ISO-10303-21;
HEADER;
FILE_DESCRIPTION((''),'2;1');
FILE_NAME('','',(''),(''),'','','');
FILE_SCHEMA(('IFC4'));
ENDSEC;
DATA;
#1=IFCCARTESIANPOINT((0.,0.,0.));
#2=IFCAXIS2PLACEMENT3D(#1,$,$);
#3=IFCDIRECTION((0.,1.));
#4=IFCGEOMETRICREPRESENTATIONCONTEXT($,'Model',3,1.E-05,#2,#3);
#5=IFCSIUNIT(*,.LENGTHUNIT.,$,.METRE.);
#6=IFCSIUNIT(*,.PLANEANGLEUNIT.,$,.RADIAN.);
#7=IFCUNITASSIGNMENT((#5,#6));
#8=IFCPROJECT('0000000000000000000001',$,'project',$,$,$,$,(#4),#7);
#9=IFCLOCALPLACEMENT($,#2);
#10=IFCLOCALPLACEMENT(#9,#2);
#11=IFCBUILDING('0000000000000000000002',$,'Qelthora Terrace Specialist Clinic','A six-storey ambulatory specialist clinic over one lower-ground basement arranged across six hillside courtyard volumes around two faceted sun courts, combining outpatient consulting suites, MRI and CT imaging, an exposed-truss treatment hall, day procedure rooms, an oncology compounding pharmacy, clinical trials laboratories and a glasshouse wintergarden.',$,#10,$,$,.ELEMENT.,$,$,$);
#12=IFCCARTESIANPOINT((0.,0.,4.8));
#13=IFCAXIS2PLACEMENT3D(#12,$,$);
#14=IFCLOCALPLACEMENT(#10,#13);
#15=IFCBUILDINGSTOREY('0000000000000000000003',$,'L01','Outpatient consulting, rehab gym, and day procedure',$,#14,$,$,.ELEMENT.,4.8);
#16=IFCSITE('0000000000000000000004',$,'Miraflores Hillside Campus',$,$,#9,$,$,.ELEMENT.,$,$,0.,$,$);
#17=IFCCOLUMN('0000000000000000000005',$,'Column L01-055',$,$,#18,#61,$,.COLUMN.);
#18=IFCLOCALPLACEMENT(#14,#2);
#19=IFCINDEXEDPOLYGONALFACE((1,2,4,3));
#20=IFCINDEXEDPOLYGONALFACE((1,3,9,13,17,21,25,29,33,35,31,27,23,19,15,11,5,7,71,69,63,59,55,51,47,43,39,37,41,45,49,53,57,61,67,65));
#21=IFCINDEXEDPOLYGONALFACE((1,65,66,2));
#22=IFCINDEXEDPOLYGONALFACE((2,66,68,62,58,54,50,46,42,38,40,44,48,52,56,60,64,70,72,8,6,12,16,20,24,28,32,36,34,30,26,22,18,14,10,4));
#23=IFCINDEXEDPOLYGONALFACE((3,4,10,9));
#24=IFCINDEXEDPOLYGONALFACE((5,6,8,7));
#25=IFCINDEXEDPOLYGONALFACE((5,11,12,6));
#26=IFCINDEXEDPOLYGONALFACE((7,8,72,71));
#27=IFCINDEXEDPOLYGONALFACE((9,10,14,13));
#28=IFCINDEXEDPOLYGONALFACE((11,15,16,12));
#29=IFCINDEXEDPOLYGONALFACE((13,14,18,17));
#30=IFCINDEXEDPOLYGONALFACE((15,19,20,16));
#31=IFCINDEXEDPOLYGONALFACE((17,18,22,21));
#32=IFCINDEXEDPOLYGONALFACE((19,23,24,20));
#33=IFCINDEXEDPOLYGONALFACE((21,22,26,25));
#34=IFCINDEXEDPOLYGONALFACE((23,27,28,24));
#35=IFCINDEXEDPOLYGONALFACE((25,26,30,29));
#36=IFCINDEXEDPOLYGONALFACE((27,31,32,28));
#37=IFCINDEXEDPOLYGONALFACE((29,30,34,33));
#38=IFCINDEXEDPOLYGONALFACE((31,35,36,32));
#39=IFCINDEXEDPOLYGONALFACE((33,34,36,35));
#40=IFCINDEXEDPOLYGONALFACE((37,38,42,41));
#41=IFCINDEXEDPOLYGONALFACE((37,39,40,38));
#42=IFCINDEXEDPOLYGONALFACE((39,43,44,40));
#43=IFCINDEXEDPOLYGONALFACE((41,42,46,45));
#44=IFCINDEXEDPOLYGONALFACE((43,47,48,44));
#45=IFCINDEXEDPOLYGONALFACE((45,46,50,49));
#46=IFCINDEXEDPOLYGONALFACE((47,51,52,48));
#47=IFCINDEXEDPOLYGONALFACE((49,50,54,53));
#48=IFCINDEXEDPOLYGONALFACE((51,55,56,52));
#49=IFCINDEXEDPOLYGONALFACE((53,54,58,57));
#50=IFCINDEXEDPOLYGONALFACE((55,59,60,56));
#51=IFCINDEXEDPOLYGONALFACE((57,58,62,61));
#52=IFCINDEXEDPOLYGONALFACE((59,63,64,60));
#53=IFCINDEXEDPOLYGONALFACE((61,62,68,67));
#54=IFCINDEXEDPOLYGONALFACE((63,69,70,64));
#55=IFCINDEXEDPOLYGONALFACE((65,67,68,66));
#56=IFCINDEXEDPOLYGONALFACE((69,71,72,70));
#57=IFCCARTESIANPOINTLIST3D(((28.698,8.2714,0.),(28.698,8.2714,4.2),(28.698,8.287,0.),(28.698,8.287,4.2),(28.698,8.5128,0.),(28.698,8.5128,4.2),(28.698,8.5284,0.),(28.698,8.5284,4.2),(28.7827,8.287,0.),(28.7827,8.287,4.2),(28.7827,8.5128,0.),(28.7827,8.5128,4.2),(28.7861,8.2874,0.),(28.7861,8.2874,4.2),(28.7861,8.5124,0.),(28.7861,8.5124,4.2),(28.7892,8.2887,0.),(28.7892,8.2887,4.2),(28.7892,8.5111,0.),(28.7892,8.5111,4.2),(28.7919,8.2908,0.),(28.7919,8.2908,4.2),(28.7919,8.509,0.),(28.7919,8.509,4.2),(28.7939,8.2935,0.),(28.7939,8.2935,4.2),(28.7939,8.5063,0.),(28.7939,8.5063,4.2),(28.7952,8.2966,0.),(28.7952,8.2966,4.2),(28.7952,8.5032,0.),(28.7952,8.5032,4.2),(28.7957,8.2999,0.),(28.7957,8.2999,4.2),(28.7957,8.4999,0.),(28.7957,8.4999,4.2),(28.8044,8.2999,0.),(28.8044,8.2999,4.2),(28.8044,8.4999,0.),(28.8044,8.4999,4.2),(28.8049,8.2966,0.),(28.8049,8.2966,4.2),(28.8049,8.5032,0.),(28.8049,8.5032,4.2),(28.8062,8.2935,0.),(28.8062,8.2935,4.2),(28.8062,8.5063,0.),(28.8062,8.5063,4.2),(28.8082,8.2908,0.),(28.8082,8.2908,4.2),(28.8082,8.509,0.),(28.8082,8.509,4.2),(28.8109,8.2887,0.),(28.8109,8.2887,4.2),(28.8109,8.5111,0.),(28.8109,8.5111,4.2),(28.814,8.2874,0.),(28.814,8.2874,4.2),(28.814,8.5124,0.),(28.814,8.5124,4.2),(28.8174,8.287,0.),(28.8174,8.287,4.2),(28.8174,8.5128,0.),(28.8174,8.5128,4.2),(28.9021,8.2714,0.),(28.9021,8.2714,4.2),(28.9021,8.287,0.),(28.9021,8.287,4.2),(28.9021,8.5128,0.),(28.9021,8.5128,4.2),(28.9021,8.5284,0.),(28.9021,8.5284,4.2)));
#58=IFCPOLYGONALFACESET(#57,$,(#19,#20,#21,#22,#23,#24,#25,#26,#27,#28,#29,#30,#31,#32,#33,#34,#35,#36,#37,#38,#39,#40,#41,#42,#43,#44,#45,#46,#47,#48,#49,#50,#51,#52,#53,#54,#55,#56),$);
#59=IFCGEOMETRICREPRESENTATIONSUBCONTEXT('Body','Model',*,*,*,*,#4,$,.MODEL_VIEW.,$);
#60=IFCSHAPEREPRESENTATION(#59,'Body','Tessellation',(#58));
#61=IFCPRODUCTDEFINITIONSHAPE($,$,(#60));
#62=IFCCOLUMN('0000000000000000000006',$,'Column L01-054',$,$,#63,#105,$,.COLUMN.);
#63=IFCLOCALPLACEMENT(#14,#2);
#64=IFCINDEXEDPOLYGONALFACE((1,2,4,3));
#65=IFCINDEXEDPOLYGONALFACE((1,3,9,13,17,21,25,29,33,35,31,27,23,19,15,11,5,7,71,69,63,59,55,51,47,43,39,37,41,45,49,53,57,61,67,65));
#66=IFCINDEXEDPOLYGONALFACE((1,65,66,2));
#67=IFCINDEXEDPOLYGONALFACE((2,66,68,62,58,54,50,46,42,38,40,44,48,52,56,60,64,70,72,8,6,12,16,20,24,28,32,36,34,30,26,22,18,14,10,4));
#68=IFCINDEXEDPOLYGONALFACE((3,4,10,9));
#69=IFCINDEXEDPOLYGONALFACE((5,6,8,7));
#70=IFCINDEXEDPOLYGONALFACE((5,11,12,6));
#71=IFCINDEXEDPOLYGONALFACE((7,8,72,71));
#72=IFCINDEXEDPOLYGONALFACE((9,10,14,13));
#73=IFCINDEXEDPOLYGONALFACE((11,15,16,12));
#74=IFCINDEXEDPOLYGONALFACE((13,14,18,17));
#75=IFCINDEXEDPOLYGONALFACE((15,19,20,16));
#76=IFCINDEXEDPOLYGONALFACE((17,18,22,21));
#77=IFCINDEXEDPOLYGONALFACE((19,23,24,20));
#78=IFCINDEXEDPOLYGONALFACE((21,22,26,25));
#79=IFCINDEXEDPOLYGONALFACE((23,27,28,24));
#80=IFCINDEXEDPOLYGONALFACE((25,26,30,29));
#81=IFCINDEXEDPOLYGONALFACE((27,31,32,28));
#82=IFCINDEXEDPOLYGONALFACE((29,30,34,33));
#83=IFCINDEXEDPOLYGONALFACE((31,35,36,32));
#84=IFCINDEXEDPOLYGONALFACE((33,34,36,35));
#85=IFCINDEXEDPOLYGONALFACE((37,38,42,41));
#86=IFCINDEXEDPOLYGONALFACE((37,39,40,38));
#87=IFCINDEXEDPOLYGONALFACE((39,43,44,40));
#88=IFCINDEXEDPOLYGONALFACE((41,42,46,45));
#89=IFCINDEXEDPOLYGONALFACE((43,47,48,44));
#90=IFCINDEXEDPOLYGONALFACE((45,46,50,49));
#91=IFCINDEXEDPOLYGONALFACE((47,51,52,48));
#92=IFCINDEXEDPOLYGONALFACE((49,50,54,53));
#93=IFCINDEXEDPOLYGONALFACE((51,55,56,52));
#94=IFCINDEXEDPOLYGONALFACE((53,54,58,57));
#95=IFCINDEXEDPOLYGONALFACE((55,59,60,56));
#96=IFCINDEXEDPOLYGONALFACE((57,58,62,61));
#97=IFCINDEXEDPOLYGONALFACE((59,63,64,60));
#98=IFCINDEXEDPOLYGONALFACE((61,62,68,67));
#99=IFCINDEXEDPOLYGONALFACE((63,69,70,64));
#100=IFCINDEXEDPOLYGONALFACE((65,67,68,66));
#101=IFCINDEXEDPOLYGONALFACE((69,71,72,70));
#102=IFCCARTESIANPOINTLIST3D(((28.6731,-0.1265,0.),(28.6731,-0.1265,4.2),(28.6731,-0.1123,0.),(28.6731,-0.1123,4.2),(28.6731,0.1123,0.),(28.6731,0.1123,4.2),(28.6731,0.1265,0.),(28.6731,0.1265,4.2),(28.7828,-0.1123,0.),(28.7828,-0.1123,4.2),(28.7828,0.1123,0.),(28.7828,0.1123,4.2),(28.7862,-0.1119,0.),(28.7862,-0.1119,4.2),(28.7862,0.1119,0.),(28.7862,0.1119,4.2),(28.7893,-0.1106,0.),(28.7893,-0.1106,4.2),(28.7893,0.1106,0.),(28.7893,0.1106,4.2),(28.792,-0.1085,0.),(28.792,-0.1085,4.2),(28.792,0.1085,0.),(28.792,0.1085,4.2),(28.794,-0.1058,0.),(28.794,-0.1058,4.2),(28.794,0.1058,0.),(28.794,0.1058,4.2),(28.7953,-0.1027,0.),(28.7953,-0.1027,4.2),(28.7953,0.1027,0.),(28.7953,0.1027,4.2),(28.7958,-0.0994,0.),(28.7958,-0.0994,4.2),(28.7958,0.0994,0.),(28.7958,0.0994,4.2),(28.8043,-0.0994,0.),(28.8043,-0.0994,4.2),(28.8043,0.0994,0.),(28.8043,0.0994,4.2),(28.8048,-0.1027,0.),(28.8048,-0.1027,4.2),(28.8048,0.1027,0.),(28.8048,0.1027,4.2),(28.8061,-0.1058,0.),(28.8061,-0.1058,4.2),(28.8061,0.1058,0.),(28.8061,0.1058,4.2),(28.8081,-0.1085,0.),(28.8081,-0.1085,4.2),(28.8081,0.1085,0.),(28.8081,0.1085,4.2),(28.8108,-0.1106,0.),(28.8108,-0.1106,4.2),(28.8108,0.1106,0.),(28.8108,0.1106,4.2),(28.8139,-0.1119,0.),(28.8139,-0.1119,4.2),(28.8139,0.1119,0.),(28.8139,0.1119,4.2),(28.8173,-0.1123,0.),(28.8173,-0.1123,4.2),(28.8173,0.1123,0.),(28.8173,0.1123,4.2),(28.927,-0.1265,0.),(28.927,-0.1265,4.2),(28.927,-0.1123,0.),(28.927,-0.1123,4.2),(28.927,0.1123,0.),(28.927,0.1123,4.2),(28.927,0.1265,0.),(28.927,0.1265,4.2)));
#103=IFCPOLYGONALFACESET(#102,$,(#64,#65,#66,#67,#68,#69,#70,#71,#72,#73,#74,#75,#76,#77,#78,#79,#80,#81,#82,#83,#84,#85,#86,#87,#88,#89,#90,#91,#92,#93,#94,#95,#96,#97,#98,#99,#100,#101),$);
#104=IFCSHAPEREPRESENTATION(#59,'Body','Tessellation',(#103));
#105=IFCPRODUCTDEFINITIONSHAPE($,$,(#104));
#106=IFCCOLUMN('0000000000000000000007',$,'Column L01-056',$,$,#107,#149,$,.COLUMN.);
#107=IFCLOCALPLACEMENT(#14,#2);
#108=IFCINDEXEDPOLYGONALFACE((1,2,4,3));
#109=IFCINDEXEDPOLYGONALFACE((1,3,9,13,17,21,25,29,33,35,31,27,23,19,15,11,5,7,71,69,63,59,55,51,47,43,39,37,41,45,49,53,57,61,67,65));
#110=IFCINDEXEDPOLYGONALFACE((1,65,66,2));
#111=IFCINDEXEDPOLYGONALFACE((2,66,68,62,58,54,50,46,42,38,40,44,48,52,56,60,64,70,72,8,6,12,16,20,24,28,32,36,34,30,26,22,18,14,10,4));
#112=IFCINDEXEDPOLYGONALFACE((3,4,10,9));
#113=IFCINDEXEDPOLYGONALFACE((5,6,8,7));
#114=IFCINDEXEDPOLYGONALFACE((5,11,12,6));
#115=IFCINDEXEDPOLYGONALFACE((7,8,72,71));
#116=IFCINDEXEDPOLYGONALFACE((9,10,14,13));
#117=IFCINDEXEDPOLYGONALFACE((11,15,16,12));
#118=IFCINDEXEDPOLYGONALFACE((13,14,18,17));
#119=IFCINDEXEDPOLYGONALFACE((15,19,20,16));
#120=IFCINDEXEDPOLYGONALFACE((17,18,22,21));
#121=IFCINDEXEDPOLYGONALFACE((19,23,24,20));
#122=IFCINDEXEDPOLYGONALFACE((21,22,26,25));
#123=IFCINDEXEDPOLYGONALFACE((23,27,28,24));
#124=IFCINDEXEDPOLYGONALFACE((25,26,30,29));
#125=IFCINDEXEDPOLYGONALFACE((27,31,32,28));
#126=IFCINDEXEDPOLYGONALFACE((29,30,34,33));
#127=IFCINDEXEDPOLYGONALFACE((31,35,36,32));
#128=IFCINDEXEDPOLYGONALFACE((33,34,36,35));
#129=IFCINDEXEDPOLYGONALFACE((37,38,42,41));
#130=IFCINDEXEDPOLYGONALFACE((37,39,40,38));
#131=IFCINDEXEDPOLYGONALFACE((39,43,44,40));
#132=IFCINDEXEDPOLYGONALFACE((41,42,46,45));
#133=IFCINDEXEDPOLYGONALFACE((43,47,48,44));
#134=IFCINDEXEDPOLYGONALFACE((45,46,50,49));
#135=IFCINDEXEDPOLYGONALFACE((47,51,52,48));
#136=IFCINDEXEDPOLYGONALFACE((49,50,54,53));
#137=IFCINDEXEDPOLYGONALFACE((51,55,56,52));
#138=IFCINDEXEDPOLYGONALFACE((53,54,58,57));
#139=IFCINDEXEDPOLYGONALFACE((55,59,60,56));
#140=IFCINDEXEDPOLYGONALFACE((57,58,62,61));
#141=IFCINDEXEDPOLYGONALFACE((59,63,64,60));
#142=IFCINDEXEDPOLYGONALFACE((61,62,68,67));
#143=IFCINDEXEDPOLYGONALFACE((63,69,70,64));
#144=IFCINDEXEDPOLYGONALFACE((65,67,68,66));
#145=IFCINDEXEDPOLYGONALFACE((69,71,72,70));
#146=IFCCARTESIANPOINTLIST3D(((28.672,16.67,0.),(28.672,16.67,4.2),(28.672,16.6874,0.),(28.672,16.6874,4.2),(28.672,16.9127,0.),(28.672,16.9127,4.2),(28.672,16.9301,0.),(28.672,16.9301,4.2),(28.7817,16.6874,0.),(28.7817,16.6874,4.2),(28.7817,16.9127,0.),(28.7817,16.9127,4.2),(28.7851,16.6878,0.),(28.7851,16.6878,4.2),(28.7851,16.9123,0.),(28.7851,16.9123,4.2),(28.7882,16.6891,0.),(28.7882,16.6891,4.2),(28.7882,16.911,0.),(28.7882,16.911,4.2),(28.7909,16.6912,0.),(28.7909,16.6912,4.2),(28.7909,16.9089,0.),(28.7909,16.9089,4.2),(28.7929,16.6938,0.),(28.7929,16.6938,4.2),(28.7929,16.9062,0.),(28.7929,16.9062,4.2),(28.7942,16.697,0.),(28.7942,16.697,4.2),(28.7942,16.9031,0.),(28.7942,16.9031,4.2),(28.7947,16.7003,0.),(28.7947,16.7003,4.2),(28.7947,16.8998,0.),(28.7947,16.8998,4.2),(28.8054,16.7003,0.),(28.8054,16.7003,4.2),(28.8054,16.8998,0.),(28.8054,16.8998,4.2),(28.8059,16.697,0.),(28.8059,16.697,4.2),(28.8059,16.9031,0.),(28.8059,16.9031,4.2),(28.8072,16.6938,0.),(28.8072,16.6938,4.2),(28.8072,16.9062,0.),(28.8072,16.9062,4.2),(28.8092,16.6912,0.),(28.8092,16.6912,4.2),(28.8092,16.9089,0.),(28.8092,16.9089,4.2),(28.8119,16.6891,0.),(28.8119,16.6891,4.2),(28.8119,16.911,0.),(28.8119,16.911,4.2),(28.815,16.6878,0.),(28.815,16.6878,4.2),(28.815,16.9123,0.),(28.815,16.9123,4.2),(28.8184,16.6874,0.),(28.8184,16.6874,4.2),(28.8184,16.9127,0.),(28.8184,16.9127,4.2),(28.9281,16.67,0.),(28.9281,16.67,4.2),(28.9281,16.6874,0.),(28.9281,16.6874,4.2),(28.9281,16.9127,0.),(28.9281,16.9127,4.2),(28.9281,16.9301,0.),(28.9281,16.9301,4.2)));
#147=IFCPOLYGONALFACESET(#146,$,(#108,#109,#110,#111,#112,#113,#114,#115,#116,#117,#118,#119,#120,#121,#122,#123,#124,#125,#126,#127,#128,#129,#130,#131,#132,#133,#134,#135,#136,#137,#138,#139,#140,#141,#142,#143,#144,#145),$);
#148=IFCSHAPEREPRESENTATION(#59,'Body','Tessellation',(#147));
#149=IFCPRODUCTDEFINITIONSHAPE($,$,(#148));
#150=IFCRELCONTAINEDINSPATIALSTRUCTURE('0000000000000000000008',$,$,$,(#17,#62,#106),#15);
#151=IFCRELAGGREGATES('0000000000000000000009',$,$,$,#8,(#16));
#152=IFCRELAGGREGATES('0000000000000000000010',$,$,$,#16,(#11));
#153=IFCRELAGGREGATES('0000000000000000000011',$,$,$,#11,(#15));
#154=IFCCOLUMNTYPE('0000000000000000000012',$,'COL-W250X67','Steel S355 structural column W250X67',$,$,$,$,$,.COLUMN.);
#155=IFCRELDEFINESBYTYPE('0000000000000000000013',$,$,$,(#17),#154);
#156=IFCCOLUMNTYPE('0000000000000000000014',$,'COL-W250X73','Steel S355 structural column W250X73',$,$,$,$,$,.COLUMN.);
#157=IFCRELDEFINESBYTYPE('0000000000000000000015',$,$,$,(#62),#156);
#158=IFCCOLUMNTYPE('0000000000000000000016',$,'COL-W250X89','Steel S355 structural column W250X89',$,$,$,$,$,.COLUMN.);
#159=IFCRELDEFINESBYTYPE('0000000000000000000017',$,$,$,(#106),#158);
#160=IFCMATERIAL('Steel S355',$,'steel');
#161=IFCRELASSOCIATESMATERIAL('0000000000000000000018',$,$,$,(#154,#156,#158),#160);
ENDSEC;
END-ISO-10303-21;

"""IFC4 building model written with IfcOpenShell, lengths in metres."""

from ifc_helpers import new_model, si_unit, direction, frame, origin, origin_2d, place, context, subcontext, project, spatial, i_section, extrude, material, material_profile, profile_set, type_object, element, save


model = new_model("IFC4")

# Units and contexts
model_context = context("Model", 3, precision=1e-05, world=origin(), true_north=direction((0.0, 1.0)))
body_context = subcontext(model_context, "Body", "Model", "MODEL_VIEW")
ifc_project = project(units=[si_unit("LENGTHUNIT", "METRE"), si_unit("PLANEANGLEUNIT", "RADIAN")], contexts=[model_context])

# Site, building, storey
site_placement = place(None, origin())
site = spatial("IfcSite", under=ifc_project, at=site_placement, Name="Miraflores Hillside Campus", CompositionType="ELEMENT", RefElevation=0.0)
building_placement = place(site_placement, origin())
building = spatial("IfcBuilding", under=site, at=building_placement, Name="Qelthora Terrace Specialist Clinic", Description="A six-storey ambulatory specialist clinic over one lower-ground basement arranged across six hillside courtyard volumes around two faceted sun courts, combining outpatient consulting suites, MRI and CT imaging, an exposed-truss treatment hall, day procedure rooms, an oncology compounding pharmacy, clinical trials laboratories and a glasshouse wintergarden.", CompositionType="ELEMENT")
storey_placement = place(building_placement, frame((0.0, 0.0, 4.8)))
storey = spatial("IfcBuildingStorey", under=building, at=storey_placement, Name="L01", Description="Outpatient consulting, rehab gym, and day procedure", CompositionType="ELEMENT", Elevation=4.8)

# Columns
ifc_material_1 = material(Name="Steel S355", Category="steel")
ifc_material_profile_1 = material_profile(ifc_material_1, i_section(OverallWidth=0.2041, OverallDepth=0.2571, WebThickness=0.0088, FlangeThickness=0.0156, FilletRadius=0.0129, at=origin_2d()), Name="W250X67")
ifc_profile_set_1 = profile_set([ifc_material_profile_1], Name="Steel S355")
column_type_1 = type_object("IfcColumnType", Name="COL-W250X67", Description="Steel S355 structural column W250X67", PredefinedType="COLUMN", material=ifc_profile_set_1)
column_1_placement = place(storey_placement, frame((28.8, 8.3999, 0.0), z_axis=(0.0, 0.0, 1.0), x_axis=(1.0, 0.0, 0.0)))
element("IfcColumn", 1, at=column_1_placement, inside=storey, type_object=column_type_1, Name="Column L01-055", PredefinedType="COLUMN", context=body_context, shape_type="SweptSolid", body=[
    extrude(i_section(OverallWidth=0.2041, OverallDepth=0.2571, WebThickness=0.0088, FlangeThickness=0.0156, FilletRadius=0.0129, at=origin_2d()), origin(), (0.0, 0.0, 1.0), 4.2),
])
ifc_material_profile_2 = material_profile(ifc_material_1, i_section(OverallWidth=0.2539, OverallDepth=0.2529, WebThickness=0.0085, FlangeThickness=0.0142, FilletRadius=0.0129, at=origin_2d()), Name="W250X73")
ifc_profile_set_2 = profile_set([ifc_material_profile_2], Name="Steel S355")
column_type_2 = type_object("IfcColumnType", Name="COL-W250X73", Description="Steel S355 structural column W250X73", PredefinedType="COLUMN", material=ifc_profile_set_2)
column_2_placement = place(storey_placement, frame((28.8, 0.0, 0.0), z_axis=(0.0, 0.0, 1.0), x_axis=(1.0, 0.0, 0.0)))
element("IfcColumn", 2, at=column_2_placement, inside=storey, type_object=column_type_2, Name="Column L01-054", PredefinedType="COLUMN", context=body_context, shape_type="SweptSolid", body=[
    extrude(i_section(OverallWidth=0.2539, OverallDepth=0.2529, WebThickness=0.0085, FlangeThickness=0.0142, FilletRadius=0.0129, at=origin_2d()), origin(), (0.0, 0.0, 1.0), 4.2),
])
ifc_material_profile_3 = material_profile(ifc_material_1, i_section(OverallWidth=0.2561, OverallDepth=0.26, WebThickness=0.0107, FlangeThickness=0.0173, FilletRadius=0.0129, at=origin_2d()), Name="W250X89")
ifc_profile_set_3 = profile_set([ifc_material_profile_3], Name="Steel S355")
column_type_3 = type_object("IfcColumnType", Name="COL-W250X89", Description="Steel S355 structural column W250X89", PredefinedType="COLUMN", material=ifc_profile_set_3)
column_3_placement = place(storey_placement, frame((28.8, 16.8, 0.0), z_axis=(0.0, 0.0, 1.0), x_axis=(1.0, 0.0, 0.0)))
element("IfcColumn", 3, at=column_3_placement, inside=storey, type_object=column_type_3, Name="Column L01-056", PredefinedType="COLUMN", context=body_context, shape_type="SweptSolid", body=[
    extrude(i_section(OverallWidth=0.2561, OverallDepth=0.26, WebThickness=0.0107, FlangeThickness=0.0173, FilletRadius=0.0129, at=origin_2d()), origin(), (0.0, 0.0, 1.0), 4.2),
])

save(model, "model.ifc")
